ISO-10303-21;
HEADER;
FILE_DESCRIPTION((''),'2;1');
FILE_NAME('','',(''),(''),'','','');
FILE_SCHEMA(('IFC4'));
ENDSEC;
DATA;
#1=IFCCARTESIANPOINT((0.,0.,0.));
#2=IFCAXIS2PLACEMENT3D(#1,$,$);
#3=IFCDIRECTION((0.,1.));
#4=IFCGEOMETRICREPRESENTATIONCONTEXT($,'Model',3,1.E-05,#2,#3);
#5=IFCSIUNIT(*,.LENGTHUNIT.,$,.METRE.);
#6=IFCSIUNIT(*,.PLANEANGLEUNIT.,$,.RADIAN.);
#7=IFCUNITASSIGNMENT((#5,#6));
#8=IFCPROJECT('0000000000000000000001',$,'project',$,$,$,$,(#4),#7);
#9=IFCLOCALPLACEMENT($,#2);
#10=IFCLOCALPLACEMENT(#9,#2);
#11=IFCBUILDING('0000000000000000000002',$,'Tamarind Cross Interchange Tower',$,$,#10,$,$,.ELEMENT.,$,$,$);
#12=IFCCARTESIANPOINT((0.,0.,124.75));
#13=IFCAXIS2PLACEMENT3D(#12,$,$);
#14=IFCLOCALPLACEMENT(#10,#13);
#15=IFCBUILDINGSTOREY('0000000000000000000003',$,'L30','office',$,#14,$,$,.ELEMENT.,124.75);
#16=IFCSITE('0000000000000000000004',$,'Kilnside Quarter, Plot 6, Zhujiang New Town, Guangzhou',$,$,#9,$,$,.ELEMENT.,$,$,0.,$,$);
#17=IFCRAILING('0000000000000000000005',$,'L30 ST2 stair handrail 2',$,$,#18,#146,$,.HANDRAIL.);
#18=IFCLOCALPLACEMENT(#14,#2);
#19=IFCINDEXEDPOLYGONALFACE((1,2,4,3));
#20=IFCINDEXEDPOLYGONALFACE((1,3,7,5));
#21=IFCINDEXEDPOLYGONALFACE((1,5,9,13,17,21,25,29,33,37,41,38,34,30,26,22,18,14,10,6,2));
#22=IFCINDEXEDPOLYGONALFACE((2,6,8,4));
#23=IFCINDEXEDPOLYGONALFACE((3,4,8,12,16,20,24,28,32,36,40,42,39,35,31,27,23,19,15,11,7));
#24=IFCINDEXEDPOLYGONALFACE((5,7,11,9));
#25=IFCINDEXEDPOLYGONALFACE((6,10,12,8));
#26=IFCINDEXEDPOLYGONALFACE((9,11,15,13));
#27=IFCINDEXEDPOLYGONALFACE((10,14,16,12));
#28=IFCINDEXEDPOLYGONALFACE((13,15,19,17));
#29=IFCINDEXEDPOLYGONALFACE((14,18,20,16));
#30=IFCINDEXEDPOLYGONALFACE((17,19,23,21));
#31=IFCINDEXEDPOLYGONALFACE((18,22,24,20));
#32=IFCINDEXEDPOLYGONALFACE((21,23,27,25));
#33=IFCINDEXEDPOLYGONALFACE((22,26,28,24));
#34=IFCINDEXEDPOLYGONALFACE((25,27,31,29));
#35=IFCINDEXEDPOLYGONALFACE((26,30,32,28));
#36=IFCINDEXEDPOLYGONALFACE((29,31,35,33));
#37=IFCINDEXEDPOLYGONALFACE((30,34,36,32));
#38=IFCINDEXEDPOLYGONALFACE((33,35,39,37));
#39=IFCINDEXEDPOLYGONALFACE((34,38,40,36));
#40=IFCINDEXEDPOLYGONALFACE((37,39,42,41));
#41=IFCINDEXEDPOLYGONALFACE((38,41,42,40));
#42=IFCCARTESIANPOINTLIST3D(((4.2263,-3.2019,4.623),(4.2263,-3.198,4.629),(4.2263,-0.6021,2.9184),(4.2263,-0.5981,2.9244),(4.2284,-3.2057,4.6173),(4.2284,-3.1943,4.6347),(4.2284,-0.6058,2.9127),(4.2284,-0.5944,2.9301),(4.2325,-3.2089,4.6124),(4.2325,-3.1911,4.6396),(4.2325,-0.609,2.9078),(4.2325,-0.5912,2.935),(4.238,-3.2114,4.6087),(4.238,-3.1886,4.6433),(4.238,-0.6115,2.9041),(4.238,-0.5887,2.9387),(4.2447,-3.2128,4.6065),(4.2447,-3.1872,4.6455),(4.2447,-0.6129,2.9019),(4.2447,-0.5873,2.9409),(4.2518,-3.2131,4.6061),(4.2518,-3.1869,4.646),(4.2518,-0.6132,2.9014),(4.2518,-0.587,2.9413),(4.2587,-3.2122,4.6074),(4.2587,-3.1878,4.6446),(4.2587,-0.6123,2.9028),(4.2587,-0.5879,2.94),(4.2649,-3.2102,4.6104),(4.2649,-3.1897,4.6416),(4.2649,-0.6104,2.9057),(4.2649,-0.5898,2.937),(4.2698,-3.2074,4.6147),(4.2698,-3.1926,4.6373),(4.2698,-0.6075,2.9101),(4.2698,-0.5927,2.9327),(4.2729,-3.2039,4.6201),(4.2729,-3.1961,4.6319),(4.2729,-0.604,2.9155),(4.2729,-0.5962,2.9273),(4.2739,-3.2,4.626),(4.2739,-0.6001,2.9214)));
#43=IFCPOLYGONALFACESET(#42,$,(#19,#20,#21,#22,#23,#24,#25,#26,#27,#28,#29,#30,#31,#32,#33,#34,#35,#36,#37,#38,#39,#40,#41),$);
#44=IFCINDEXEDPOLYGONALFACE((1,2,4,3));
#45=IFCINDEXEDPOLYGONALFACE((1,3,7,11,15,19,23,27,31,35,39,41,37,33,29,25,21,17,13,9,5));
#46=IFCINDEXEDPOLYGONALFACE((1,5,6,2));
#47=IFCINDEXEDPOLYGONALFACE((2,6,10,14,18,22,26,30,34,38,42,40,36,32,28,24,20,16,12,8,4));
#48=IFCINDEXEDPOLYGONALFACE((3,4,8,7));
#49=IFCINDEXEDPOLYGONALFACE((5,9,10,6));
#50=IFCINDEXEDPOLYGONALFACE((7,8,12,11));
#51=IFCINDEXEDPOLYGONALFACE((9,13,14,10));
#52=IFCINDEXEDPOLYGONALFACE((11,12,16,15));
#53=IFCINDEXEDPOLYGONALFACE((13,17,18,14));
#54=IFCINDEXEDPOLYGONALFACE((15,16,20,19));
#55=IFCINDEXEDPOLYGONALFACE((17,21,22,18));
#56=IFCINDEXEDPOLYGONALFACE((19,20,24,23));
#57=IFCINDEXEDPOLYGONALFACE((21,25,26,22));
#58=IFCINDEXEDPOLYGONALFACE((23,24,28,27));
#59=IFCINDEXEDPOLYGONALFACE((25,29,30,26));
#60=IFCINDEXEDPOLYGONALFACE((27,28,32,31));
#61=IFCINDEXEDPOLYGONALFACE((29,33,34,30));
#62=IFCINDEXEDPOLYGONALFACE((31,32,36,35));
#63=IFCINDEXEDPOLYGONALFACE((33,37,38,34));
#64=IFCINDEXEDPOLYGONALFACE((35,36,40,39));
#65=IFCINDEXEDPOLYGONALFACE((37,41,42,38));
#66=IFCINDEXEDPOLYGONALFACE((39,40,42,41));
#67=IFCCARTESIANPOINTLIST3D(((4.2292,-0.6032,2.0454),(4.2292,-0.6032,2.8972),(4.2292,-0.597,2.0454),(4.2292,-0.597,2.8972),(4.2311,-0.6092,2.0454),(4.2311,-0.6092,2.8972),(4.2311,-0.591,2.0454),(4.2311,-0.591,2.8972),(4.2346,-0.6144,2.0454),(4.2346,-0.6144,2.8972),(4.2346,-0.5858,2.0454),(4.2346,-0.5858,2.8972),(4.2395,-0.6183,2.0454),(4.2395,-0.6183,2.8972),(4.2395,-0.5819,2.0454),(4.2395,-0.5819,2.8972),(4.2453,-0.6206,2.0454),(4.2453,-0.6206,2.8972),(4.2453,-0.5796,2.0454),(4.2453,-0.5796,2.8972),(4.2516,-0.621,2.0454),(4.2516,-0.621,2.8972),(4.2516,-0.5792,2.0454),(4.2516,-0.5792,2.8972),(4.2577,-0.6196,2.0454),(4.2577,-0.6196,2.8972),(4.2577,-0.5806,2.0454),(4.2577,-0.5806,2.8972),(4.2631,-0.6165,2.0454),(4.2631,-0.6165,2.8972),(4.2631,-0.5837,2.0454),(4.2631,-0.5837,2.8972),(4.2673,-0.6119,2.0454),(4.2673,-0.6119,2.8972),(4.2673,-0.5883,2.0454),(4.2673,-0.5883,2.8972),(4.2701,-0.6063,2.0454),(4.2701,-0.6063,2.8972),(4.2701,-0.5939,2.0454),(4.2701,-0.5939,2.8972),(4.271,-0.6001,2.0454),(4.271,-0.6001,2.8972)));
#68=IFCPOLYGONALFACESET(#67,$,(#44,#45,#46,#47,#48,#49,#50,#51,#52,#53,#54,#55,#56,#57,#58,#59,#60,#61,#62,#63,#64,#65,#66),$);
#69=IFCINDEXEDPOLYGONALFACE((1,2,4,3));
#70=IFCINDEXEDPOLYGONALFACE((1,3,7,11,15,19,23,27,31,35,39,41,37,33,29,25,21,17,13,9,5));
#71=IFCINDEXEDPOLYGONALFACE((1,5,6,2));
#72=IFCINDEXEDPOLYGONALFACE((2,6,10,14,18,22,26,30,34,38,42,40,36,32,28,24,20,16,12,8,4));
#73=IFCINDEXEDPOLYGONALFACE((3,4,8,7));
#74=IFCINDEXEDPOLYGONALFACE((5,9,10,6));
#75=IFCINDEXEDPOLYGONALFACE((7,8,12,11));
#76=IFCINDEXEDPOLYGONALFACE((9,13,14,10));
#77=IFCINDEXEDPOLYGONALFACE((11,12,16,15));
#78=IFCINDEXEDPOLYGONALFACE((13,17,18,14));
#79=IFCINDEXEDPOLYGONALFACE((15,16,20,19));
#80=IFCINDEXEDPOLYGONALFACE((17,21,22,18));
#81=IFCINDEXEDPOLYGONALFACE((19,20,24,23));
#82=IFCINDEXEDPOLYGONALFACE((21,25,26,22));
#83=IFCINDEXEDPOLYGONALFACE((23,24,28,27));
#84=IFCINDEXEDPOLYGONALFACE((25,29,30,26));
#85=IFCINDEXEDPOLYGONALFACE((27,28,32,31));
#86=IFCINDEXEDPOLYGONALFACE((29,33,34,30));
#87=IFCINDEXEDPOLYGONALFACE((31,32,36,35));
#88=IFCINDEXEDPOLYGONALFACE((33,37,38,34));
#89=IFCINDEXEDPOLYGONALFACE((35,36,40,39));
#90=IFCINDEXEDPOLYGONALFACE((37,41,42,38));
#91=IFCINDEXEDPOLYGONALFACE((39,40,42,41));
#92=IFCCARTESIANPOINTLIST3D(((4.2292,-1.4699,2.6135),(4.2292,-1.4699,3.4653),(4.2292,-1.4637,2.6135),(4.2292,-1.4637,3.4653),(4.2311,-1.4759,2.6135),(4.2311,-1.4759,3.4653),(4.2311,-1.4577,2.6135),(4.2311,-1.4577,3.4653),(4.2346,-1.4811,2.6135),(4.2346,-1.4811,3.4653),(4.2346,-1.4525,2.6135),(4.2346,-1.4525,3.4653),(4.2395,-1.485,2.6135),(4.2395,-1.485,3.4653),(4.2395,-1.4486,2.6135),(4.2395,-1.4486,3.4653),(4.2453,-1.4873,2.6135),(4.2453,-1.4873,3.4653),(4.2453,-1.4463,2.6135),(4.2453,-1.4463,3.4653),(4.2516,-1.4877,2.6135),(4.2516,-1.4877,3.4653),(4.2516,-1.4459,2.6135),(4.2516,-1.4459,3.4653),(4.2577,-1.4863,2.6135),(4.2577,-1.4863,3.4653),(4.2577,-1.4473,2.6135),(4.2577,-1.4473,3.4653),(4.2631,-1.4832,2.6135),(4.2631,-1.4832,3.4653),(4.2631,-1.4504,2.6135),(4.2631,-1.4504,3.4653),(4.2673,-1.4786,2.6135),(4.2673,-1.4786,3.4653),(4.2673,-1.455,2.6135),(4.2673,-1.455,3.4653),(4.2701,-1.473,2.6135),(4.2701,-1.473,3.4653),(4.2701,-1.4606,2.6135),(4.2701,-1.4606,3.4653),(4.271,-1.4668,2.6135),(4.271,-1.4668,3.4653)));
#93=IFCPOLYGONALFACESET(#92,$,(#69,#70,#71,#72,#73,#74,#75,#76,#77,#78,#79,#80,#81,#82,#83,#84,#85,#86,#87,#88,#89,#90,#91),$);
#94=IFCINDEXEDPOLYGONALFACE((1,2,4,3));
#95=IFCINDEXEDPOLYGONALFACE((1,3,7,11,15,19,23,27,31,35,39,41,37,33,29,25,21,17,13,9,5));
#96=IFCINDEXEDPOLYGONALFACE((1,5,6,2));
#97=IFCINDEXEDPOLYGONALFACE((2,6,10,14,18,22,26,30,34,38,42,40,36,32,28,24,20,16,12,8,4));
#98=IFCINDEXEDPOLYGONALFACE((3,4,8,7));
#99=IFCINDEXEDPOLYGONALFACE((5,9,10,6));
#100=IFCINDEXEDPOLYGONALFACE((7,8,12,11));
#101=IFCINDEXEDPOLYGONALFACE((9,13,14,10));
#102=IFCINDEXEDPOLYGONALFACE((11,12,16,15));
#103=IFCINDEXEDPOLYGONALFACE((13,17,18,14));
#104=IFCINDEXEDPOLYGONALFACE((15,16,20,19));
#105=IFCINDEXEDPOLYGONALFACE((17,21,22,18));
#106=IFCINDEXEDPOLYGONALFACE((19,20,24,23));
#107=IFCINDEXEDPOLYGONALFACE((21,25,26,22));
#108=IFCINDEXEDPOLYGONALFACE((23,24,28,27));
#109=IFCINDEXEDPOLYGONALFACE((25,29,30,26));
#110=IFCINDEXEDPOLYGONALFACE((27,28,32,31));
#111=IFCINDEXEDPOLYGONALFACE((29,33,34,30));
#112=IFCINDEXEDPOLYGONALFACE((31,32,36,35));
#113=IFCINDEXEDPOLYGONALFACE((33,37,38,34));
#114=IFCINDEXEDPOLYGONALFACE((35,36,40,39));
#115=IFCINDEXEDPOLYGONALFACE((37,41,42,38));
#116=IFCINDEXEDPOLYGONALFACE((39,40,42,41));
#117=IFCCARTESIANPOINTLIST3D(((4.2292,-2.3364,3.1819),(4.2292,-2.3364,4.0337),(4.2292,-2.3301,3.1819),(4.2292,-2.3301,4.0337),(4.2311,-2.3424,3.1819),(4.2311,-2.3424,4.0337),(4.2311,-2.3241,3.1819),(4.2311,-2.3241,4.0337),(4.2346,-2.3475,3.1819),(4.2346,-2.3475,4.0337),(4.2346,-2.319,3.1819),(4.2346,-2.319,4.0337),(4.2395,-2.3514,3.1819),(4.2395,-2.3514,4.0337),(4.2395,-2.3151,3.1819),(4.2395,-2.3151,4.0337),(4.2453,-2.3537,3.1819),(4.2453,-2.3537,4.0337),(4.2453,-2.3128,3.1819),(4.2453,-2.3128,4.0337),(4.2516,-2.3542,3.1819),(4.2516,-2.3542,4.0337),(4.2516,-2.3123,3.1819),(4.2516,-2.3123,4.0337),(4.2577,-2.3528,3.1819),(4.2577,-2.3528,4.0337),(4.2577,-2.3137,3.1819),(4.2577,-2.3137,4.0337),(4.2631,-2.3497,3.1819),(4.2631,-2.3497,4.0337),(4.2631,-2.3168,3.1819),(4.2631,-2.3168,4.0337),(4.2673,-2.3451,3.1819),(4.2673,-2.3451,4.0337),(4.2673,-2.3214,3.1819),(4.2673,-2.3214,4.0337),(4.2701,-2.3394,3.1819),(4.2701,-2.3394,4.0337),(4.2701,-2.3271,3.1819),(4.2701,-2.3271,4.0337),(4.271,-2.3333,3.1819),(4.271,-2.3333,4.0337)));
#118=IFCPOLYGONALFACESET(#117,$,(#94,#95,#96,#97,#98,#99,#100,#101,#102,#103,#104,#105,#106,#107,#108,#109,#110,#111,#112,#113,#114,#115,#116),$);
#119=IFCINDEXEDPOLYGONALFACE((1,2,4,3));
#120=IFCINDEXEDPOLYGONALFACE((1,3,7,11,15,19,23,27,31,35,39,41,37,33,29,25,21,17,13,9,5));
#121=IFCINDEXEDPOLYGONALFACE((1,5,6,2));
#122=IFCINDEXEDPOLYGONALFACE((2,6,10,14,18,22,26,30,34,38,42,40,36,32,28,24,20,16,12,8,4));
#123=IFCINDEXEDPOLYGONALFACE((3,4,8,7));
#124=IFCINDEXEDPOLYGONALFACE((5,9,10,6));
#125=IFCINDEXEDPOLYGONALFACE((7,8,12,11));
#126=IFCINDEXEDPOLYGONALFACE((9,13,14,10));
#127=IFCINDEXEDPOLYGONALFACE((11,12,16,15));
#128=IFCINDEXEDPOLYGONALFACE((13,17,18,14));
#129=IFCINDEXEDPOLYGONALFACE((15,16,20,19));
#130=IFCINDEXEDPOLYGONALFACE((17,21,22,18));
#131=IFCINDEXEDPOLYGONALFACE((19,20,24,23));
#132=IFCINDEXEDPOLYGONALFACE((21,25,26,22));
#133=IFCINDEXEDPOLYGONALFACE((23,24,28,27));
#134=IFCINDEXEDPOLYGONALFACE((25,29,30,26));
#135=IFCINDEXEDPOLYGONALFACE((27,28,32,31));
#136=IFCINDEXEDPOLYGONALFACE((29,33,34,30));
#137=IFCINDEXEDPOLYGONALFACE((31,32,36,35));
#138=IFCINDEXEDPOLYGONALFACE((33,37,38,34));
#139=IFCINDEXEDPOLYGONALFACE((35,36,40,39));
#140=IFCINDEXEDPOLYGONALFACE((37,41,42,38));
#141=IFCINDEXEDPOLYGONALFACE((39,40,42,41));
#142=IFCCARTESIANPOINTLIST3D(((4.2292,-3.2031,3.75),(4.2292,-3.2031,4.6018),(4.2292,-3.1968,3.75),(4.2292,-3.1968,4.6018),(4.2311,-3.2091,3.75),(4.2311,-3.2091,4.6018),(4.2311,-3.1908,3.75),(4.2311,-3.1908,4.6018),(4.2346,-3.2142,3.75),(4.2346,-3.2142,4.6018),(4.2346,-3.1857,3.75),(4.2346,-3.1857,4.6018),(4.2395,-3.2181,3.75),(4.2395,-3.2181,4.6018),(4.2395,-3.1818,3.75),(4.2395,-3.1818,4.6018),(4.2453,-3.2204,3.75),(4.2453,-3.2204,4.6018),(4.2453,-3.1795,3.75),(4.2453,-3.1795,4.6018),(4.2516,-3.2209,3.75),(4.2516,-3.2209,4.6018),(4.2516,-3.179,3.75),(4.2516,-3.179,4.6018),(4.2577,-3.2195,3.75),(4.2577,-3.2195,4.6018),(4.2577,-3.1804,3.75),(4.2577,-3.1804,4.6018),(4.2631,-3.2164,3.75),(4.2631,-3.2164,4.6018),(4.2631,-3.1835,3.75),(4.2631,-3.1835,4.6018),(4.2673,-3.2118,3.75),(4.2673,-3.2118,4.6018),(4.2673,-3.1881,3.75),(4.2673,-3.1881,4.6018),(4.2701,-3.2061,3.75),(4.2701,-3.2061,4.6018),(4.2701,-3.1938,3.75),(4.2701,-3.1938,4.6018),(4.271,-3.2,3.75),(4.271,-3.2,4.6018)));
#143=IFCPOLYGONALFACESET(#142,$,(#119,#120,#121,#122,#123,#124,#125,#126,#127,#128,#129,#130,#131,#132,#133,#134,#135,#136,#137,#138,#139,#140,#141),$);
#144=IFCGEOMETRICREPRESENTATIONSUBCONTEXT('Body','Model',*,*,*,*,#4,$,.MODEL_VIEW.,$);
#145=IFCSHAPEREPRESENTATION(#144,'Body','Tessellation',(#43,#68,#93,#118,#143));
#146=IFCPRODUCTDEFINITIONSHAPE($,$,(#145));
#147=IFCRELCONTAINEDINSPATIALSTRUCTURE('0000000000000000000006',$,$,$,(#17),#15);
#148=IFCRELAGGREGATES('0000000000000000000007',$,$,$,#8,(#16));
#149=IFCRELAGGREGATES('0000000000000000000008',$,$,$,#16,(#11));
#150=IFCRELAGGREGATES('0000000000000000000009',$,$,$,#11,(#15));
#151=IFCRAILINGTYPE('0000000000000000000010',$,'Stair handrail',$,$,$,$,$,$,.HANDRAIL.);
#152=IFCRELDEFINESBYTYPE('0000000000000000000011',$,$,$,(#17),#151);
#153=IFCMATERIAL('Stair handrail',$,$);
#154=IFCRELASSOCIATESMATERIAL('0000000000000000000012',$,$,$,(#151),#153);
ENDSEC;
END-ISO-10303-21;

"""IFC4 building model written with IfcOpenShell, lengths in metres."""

from ifc_helpers import new_model, si_unit, direction, frame, origin, origin_2d, place, context, subcontext, project, spatial, circle, extrude, material, type_object, element, save


model = new_model("IFC4")

# Units and contexts
model_context = context("Model", 3, precision=1e-05, world=origin(), true_north=direction((0.0, 1.0)))
body_context = subcontext(model_context, "Body", "Model", "MODEL_VIEW")
ifc_project = project(units=[si_unit("LENGTHUNIT", "METRE"), si_unit("PLANEANGLEUNIT", "RADIAN")], contexts=[model_context])

# Site, building, storey
site_placement = place(None, origin())
site = spatial("IfcSite", under=ifc_project, at=site_placement, Name="Kilnside Quarter, Plot 6, Zhujiang New Town, Guangzhou", CompositionType="ELEMENT", RefElevation=0.0)
building_placement = place(site_placement, origin())
building = spatial("IfcBuilding", under=site, at=building_placement, Name="Tamarind Cross Interchange Tower", CompositionType="ELEMENT")
storey_placement = place(building_placement, frame((0.0, 0.0, 124.75)))
storey = spatial("IfcBuildingStorey", under=building, at=storey_placement, Name="L30", Description="office", CompositionType="ELEMENT", Elevation=124.75)

# Railing
ifc_material_1 = material(Name="Stair handrail")
railing_type_1 = type_object("IfcRailingType", Name="Stair handrail", PredefinedType="HANDRAIL", material=ifc_material_1)
railing_1_placement = place(storey_placement, frame((4.25, -0.6001, 2.0454)))
element("IfcRailing", 1, at=railing_1_placement, inside=storey, type_object=railing_type_1, Name="L30 ST2 stair handrail 2", PredefinedType="HANDRAIL", context=body_context, shape_type="SweptSolid", body=[
    extrude(circle(Radius=0.0239, at=origin_2d()), frame((0.0, 0.0, 0.876), z_axis=(0.0, -0.836279, 0.548305), x_axis=(1.0, 0.0, 0.0)), (0.0, 0.0, 1.0), 3.1089),
    extrude(circle(Radius=0.021, at=origin_2d()), origin(), (0.0, 0.0, 1.0), 0.8518),
    extrude(circle(Radius=0.021, at=origin_2d()), frame((0.0, -0.8667, 0.5681)), (0.0, 0.0, 1.0), 0.8518),
    extrude(circle(Radius=0.021, at=origin_2d()), frame((0.0, -1.7332, 1.1365)), (0.0, 0.0, 1.0), 0.8518),
    extrude(circle(Radius=0.021, at=origin_2d()), frame((0.0, -2.5999, 1.7046)), (0.0, 0.0, 1.0), 0.8518),
])

save(model, "model.ifc")
